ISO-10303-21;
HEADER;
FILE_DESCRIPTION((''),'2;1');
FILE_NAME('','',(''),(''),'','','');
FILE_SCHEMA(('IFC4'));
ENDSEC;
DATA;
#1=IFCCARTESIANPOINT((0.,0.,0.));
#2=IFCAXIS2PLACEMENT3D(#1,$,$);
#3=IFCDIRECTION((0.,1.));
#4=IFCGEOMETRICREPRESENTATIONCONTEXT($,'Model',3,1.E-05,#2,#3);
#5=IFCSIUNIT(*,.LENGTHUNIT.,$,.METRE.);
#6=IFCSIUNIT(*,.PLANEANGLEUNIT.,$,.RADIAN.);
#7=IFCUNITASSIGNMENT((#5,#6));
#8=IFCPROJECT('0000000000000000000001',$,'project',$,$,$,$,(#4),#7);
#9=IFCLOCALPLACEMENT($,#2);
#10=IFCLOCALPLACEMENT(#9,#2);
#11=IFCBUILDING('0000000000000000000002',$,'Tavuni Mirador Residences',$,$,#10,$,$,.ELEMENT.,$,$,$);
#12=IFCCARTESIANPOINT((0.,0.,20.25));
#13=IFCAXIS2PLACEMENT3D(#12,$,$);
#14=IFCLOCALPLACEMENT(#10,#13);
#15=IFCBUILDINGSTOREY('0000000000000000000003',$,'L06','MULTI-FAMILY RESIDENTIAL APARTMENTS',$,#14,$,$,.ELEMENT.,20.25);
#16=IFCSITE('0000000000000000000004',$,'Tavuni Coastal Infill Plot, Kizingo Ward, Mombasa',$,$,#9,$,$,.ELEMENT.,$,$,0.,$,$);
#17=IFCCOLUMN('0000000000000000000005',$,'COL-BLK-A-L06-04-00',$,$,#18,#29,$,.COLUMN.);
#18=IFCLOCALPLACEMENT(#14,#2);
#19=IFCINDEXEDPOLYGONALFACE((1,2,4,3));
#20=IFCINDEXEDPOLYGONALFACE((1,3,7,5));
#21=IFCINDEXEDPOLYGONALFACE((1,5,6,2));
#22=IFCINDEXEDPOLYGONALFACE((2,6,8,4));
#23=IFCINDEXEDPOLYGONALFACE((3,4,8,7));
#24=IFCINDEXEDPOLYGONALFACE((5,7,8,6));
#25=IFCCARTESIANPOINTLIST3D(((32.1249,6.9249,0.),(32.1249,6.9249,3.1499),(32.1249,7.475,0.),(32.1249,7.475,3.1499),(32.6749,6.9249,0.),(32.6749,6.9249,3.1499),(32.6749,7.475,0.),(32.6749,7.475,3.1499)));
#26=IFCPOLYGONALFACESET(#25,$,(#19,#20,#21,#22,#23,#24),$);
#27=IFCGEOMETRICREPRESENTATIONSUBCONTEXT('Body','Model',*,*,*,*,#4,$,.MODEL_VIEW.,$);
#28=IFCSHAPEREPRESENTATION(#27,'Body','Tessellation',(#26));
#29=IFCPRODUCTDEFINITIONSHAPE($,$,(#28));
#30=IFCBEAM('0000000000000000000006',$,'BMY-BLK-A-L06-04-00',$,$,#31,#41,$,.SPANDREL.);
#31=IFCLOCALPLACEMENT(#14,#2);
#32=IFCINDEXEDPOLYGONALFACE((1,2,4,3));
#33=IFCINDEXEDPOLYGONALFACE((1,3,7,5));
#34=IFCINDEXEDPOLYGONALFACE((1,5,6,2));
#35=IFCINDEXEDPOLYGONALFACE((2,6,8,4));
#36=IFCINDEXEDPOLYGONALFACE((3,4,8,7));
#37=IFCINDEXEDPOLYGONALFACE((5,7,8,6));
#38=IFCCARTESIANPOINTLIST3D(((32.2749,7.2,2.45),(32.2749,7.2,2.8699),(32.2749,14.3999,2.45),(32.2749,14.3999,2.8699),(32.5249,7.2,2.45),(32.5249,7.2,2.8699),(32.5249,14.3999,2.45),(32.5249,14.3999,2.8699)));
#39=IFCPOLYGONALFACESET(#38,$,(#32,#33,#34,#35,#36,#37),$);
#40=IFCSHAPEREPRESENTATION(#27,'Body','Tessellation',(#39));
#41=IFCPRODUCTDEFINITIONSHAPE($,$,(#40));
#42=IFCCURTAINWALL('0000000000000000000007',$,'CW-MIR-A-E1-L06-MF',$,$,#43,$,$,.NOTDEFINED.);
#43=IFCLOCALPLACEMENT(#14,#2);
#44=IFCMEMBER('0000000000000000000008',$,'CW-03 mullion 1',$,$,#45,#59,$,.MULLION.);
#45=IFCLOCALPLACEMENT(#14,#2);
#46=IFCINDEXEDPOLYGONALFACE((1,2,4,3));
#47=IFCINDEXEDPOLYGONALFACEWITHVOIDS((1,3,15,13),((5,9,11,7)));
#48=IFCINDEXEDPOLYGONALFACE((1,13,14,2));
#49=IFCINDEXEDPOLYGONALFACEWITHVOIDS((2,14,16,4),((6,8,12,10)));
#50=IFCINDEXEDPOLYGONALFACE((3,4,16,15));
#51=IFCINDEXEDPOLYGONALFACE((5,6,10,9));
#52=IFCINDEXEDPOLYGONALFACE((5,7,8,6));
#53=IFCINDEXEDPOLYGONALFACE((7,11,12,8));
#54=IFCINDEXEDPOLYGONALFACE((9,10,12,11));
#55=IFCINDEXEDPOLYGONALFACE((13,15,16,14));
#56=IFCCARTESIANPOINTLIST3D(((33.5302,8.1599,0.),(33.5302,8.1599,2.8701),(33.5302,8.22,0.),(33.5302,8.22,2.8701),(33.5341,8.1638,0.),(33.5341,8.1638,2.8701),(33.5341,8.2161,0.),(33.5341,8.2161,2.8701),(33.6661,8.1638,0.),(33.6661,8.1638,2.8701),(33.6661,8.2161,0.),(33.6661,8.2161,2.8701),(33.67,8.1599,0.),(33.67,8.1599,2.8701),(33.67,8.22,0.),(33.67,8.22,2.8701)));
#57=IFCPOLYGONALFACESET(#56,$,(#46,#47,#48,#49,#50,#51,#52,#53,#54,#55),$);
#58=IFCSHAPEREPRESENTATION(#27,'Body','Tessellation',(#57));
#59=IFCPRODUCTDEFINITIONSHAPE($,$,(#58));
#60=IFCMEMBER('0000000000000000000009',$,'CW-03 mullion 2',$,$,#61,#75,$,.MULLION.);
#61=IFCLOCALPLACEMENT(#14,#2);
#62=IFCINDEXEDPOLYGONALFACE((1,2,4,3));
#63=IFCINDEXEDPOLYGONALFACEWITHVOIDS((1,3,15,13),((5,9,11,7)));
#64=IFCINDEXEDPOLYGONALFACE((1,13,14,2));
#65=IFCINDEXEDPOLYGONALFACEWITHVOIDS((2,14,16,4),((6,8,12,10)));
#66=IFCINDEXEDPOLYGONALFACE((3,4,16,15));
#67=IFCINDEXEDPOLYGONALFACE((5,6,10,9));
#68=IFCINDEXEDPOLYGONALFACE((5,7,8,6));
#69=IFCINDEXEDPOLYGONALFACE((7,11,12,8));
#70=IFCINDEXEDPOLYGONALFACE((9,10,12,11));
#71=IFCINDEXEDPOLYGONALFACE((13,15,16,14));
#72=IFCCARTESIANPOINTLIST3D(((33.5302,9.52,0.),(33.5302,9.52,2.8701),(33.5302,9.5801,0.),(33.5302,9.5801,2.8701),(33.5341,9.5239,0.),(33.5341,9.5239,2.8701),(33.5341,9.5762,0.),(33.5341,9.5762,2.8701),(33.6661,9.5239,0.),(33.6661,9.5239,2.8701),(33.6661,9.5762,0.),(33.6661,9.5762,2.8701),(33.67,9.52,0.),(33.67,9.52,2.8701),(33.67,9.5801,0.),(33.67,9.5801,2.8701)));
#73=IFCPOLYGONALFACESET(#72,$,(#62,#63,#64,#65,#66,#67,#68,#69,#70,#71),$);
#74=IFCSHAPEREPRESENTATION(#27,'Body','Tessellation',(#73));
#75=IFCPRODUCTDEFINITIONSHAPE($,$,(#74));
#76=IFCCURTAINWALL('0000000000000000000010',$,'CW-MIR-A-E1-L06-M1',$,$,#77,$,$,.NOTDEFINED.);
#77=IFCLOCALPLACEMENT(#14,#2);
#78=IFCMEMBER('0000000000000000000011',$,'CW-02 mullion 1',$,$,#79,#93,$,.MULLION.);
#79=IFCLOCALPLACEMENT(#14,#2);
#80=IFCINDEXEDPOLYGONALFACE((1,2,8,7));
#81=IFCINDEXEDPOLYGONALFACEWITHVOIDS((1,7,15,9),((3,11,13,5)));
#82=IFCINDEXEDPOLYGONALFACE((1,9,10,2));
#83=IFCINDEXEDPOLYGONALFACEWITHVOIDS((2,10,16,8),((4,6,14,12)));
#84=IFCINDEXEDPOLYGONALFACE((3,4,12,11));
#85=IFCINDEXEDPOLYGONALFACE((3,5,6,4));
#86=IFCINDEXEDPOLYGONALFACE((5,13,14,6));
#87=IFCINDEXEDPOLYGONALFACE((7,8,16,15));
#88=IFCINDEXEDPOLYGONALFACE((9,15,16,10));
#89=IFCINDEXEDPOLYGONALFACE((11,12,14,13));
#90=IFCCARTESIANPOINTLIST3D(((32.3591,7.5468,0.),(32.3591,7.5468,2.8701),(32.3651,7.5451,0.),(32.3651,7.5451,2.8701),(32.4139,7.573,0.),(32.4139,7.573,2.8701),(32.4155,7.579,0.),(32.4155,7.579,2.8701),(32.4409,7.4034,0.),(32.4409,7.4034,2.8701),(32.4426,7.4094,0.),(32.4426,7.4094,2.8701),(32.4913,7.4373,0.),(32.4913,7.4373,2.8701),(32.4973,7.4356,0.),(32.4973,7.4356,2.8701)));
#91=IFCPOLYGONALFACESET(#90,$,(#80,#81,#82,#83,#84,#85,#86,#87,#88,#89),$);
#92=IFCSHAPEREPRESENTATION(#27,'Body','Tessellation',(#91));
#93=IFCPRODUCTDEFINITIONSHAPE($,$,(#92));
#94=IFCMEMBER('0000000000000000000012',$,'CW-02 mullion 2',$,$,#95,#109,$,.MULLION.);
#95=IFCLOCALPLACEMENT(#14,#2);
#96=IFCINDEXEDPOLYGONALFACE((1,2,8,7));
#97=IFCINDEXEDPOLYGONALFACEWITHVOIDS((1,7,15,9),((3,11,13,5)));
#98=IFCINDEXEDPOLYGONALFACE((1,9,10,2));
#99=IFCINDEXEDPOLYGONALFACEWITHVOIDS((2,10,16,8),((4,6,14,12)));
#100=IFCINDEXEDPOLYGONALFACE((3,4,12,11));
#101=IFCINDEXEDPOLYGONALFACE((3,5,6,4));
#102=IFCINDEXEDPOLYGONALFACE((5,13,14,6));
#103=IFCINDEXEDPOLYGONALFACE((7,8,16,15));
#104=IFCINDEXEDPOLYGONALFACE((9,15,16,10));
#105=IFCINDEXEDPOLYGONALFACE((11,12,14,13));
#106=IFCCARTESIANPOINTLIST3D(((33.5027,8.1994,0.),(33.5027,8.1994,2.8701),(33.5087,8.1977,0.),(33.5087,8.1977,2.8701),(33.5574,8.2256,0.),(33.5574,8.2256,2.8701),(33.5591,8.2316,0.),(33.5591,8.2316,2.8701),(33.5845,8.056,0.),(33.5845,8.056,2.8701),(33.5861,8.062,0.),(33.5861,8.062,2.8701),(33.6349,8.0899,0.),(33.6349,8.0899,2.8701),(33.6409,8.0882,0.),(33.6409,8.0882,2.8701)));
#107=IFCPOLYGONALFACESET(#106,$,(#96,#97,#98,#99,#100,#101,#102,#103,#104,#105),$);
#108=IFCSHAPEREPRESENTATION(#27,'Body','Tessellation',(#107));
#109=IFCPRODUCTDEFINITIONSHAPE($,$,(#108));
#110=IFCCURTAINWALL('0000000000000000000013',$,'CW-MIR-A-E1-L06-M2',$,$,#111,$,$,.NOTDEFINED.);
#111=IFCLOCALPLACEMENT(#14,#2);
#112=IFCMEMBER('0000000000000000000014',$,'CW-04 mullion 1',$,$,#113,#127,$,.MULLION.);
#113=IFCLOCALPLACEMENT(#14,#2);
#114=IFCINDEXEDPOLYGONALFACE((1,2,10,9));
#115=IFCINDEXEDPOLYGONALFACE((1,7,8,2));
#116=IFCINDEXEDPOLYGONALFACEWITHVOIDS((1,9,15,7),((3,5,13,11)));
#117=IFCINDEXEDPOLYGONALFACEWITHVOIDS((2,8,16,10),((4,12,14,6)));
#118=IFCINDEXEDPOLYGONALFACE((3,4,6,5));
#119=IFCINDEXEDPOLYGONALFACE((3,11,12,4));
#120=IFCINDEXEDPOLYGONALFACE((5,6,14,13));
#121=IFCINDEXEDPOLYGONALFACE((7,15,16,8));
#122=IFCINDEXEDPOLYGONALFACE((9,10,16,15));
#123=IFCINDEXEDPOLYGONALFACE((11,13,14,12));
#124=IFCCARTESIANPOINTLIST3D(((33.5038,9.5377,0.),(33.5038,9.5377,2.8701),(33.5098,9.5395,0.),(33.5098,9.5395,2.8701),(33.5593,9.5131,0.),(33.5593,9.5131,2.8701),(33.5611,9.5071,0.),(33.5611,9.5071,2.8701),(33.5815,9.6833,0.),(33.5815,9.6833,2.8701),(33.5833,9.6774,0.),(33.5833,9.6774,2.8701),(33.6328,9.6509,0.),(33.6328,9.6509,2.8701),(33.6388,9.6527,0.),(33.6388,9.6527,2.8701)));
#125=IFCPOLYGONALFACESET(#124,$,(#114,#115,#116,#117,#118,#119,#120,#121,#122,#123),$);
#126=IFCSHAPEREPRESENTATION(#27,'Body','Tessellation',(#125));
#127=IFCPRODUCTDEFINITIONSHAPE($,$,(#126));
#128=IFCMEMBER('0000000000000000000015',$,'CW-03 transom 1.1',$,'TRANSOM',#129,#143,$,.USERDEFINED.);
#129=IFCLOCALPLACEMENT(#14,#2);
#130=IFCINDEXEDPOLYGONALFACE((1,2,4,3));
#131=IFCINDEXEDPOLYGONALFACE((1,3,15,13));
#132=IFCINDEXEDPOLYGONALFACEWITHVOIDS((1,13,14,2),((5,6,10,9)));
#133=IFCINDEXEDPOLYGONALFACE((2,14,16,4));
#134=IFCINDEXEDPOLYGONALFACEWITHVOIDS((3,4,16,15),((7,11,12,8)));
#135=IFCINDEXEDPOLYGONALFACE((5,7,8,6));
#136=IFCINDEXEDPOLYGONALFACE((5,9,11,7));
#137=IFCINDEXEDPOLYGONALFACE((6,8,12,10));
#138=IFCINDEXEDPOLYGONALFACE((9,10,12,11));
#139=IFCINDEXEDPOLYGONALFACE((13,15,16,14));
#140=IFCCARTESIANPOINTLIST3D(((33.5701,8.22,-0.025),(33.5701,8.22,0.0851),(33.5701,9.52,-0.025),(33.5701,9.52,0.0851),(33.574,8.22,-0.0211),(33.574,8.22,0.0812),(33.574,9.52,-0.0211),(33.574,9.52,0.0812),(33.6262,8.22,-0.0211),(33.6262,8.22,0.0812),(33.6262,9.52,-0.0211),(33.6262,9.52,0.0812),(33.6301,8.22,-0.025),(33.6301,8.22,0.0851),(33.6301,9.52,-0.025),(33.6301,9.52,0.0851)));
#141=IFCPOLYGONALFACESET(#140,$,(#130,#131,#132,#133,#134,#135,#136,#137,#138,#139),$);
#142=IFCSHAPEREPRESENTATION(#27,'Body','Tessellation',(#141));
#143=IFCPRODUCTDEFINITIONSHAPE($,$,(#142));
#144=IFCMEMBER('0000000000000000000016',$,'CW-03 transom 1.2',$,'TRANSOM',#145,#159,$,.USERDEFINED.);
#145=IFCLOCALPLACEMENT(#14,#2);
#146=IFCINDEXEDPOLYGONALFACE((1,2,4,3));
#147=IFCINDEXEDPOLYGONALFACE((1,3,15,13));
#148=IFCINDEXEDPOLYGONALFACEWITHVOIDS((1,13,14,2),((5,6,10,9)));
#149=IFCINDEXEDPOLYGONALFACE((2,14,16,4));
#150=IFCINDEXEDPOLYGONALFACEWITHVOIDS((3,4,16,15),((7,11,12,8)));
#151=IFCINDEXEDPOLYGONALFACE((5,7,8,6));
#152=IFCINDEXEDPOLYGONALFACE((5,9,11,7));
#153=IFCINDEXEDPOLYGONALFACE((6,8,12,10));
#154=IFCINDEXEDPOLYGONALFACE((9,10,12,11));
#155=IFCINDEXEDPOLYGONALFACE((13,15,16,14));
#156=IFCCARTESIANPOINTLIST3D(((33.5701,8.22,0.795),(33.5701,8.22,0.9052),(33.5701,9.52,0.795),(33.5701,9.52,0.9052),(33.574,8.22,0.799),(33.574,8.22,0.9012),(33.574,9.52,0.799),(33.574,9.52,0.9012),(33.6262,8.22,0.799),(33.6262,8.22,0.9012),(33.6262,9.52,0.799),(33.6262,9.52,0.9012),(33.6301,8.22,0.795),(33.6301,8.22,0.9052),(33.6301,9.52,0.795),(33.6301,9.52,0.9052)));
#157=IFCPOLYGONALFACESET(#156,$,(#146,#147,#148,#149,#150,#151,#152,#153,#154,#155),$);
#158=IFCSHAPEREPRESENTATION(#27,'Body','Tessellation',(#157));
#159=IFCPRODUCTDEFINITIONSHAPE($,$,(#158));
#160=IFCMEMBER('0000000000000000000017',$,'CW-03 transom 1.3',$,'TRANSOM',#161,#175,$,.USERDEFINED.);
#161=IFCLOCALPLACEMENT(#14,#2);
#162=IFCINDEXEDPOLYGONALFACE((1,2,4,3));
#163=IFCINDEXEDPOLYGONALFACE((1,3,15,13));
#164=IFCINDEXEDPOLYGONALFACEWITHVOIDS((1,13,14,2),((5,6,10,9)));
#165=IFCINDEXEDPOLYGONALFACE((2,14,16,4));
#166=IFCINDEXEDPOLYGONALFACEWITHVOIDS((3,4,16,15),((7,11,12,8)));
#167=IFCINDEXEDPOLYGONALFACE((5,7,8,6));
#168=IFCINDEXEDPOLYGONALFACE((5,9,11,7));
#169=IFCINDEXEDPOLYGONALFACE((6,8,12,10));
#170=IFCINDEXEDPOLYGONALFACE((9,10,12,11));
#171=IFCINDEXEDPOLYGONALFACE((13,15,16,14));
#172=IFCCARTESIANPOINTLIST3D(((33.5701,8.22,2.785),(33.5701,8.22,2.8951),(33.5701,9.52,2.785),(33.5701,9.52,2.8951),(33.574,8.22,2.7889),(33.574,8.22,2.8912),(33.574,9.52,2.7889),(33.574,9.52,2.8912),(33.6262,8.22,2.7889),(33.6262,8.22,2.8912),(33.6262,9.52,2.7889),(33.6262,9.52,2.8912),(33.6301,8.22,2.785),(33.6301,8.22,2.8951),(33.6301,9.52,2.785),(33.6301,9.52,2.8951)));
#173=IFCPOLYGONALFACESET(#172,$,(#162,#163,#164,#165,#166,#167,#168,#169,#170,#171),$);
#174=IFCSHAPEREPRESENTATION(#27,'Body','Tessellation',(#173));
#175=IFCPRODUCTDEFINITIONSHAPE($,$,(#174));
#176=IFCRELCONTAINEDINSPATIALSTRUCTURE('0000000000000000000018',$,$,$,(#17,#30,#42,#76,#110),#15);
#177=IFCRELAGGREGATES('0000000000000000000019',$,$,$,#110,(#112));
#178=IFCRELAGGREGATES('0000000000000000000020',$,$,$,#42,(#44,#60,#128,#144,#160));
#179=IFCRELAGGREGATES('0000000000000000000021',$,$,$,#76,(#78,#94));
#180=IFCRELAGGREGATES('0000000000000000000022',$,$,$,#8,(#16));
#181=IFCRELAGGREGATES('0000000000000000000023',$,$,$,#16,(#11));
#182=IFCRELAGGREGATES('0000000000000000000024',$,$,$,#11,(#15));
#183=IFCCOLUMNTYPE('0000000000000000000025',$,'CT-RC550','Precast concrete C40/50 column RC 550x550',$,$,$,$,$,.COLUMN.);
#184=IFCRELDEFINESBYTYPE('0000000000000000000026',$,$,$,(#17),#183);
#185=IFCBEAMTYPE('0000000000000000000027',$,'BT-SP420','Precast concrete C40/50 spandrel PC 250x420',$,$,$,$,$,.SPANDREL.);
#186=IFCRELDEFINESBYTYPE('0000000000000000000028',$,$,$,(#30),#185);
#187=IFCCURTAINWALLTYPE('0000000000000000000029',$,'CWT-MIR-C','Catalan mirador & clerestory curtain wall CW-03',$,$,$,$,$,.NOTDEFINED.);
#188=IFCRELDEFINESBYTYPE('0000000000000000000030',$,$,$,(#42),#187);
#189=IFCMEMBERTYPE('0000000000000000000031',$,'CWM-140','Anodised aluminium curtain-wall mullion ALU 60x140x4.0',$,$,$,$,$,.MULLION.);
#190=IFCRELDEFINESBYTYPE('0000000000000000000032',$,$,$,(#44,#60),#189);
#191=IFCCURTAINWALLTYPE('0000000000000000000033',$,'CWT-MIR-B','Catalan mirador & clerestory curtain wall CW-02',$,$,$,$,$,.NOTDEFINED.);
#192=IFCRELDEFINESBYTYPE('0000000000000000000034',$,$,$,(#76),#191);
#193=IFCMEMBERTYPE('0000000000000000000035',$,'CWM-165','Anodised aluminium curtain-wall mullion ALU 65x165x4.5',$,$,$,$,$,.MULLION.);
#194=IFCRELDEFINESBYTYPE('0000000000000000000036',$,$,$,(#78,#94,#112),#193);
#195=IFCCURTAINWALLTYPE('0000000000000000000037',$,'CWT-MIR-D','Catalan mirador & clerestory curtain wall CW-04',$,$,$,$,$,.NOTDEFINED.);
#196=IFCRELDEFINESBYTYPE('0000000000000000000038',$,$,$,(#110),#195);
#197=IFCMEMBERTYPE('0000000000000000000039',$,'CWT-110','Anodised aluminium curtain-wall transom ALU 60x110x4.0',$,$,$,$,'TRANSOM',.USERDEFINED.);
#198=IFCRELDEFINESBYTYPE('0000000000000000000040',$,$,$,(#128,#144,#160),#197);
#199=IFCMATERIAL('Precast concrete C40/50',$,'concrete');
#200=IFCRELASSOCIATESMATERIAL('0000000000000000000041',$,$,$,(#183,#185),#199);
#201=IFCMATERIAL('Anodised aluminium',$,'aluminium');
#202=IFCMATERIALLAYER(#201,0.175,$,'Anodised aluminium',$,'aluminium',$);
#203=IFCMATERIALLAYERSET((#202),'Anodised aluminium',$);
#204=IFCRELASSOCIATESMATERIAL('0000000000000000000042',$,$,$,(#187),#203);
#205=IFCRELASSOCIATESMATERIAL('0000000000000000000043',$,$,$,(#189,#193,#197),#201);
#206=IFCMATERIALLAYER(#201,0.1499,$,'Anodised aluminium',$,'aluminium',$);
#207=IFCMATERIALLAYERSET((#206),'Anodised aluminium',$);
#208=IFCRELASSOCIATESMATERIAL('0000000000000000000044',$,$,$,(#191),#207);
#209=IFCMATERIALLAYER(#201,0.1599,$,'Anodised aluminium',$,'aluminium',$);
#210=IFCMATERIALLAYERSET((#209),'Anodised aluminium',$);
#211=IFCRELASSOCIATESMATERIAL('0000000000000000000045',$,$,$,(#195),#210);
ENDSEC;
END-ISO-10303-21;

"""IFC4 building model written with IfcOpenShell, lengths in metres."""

from ifc_helpers import new_model, si_unit, direction, frame, origin, origin_2d, place, context, subcontext, project, spatial, rectangle, hollow_rectangle, extrude, material, layer, layer_set, material_profile, profile_set, type_object, element, aggregate, save


model = new_model("IFC4")

# Units and contexts
model_context = context("Model", 3, precision=1e-05, world=origin(), true_north=direction((0.0, 1.0)))
body_context = subcontext(model_context, "Body", "Model", "MODEL_VIEW")
ifc_project = project(units=[si_unit("LENGTHUNIT", "METRE"), si_unit("PLANEANGLEUNIT", "RADIAN")], contexts=[model_context])

# Site, building, storey
site_placement = place(None, origin())
site = spatial("IfcSite", under=ifc_project, at=site_placement, Name="Tavuni Coastal Infill Plot, Kizingo Ward, Mombasa", CompositionType="ELEMENT", RefElevation=0.0)
building_placement = place(site_placement, origin())
building = spatial("IfcBuilding", under=site, at=building_placement, Name="Tavuni Mirador Residences", CompositionType="ELEMENT")
storey_placement = place(building_placement, frame((0.0, 0.0, 20.25)))
storey = spatial("IfcBuildingStorey", under=building, at=storey_placement, Name="L06", Description="MULTI-FAMILY RESIDENTIAL APARTMENTS", CompositionType="ELEMENT", Elevation=20.25)

# Column
ifc_material_1 = material(Name="Precast concrete C40/50", Category="concrete")
ifc_material_profile_1 = material_profile(ifc_material_1, rectangle(XDim=0.55, YDim=0.55, at=origin_2d()), Name="RC 550x550", Category="concrete")
ifc_profile_set_1 = profile_set([ifc_material_profile_1], Name="Precast concrete C40/50")
column_type = type_object("IfcColumnType", Name="CT-RC550", Description="Precast concrete C40/50 column RC 550x550", PredefinedType="COLUMN", material=ifc_profile_set_1)
column_placement = place(storey_placement, frame((32.3999, 7.2, 0.0), z_axis=(0.0, 0.0, 1.0), x_axis=(1.0, 0.0, 0.0)))
element("IfcColumn", 1, at=column_placement, inside=storey, type_object=column_type, Name="COL-BLK-A-L06-04-00", PredefinedType="COLUMN", context=body_context, shape_type="SweptSolid", body=[
    extrude(rectangle(XDim=0.55, YDim=0.55, at=origin_2d()), origin(), (0.0, 0.0, 1.0), 3.1499),
])

# Beam
ifc_material_profile_2 = material_profile(ifc_material_1, rectangle(XDim=0.25, YDim=0.4199, at=origin_2d()), Name="PC 250x420", Category="concrete")
ifc_profile_set_2 = profile_set([ifc_material_profile_2], Name="Precast concrete C40/50")
beam_type = type_object("IfcBeamType", Name="BT-SP420", Description="Precast concrete C40/50 spandrel PC 250x420", PredefinedType="SPANDREL", material=ifc_profile_set_2)
beam_placement = place(storey_placement, frame((32.3999, 7.2, 2.6599), z_axis=(0.0, 1.0, 0.0), x_axis=(-1.0, 0.0, 0.0)))
element("IfcBeam", 2, at=beam_placement, inside=storey, type_object=beam_type, Name="BMY-BLK-A-L06-04-00", PredefinedType="SPANDREL", context=body_context, shape_type="SweptSolid", body=[
    extrude(rectangle(XDim=0.25, YDim=0.4199, at=origin_2d()), origin(), (0.0, 0.0, 1.0), 7.2),
])

# Curtain walls, members
ifc_material_2 = material(Name="Anodised aluminium", Category="aluminium")
ifc_layer_1 = layer(ifc_material_2, 0.175, Name="Anodised aluminium", Category="aluminium")
ifc_layer_set_1 = layer_set([ifc_layer_1], Name="Anodised aluminium")
curtain_wall_type_1 = type_object("IfcCurtainWallType", Name="CWT-MIR-C", Description="Catalan mirador & clerestory curtain wall CW-03", PredefinedType="NOTDEFINED", material=ifc_layer_set_1)
curtain_wall_1_placement = place(storey_placement, origin())
curtain_wall_1 = element("IfcCurtainWall", 3, at=curtain_wall_1_placement, inside=storey, type_object=curtain_wall_type_1, Name="CW-MIR-A-E1-L06-MF", PredefinedType="NOTDEFINED")
ifc_material_profile_3 = material_profile(ifc_material_2, hollow_rectangle(XDim=0.0601, YDim=0.1399, WallThickness=0.0039, at=origin_2d()), Name="ALU 60x140x4.0", Category="aluminium")
ifc_profile_set_3 = profile_set([ifc_material_profile_3], Name="Anodised aluminium")
member_type_1 = type_object("IfcMemberType", Name="CWM-140", Description="Anodised aluminium curtain-wall mullion ALU 60x140x4.0", PredefinedType="MULLION", material=ifc_profile_set_3)
member_1_placement = place(storey_placement, frame((33.6001, 8.1899, 0.0), z_axis=(0.0, 0.0, 1.0), x_axis=(0.0, 1.0, 0.0)))
member_1 = element("IfcMember", 4, at=member_1_placement, type_object=member_type_1, Name="CW-03 mullion 1", PredefinedType="MULLION", context=body_context, shape_type="SweptSolid", body=[
    extrude(hollow_rectangle(XDim=0.0601, YDim=0.1399, WallThickness=0.0039, at=origin_2d()), origin(), (0.0, 0.0, 1.0), 2.8701),
])
member_2_placement = place(storey_placement, frame((33.6001, 9.55, 0.0), z_axis=(0.0, 0.0, 1.0), x_axis=(0.0, 1.0, 0.0)))
member_2 = element("IfcMember", 5, at=member_2_placement, type_object=member_type_1, Name="CW-03 mullion 2", PredefinedType="MULLION", context=body_context, shape_type="SweptSolid", body=[
    extrude(hollow_rectangle(XDim=0.0601, YDim=0.1399, WallThickness=0.0039, at=origin_2d()), origin(), (0.0, 0.0, 1.0), 2.8701),
])
ifc_layer_2 = layer(ifc_material_2, 0.1499, Name="Anodised aluminium", Category="aluminium")
ifc_layer_set_2 = layer_set([ifc_layer_2], Name="Anodised aluminium")
curtain_wall_type_2 = type_object("IfcCurtainWallType", Name="CWT-MIR-B", Description="Catalan mirador & clerestory curtain wall CW-02", PredefinedType="NOTDEFINED", material=ifc_layer_set_2)
curtain_wall_2_placement = place(storey_placement, origin())
curtain_wall_2 = element("IfcCurtainWall", 6, at=curtain_wall_2_placement, inside=storey, type_object=curtain_wall_type_2, Name="CW-MIR-A-E1-L06-M1", PredefinedType="NOTDEFINED")
ifc_material_profile_4 = material_profile(ifc_material_2, hollow_rectangle(XDim=0.0649, YDim=0.165, WallThickness=0.0044, at=origin_2d()), Name="ALU 65x165x4.5", Category="aluminium")
ifc_profile_set_4 = profile_set([ifc_material_profile_4], Name="Anodised aluminium")
member_type_2 = type_object("IfcMemberType", Name="CWM-165", Description="Anodised aluminium curtain-wall mullion ALU 65x165x4.5", PredefinedType="MULLION", material=ifc_profile_set_4)
member_3_placement = place(storey_placement, frame((32.4282, 7.4912, 0.0), z_axis=(0.0, 0.0, 1.0), x_axis=(0.868466, 0.495749, 0.0)))
member_3 = element("IfcMember", 7, at=member_3_placement, type_object=member_type_2, Name="CW-02 mullion 1", PredefinedType="MULLION", context=body_context, shape_type="SweptSolid", body=[
    extrude(hollow_rectangle(XDim=0.0649, YDim=0.165, WallThickness=0.0044, at=origin_2d()), origin(), (0.0, 0.0, 1.0), 2.8701),
])
member_4_placement = place(storey_placement, frame((33.5718, 8.1438, 0.0), z_axis=(0.0, 0.0, 1.0), x_axis=(0.868466, 0.495749, 0.0)))
member_4 = element("IfcMember", 8, at=member_4_placement, type_object=member_type_2, Name="CW-02 mullion 2", PredefinedType="MULLION", context=body_context, shape_type="SweptSolid", body=[
    extrude(hollow_rectangle(XDim=0.0649, YDim=0.165, WallThickness=0.0044, at=origin_2d()), origin(), (0.0, 0.0, 1.0), 2.8701),
])

# Curtain wall, member
ifc_layer_3 = layer(ifc_material_2, 0.1599, Name="Anodised aluminium", Category="aluminium")
ifc_layer_set_3 = layer_set([ifc_layer_3], Name="Anodised aluminium")
curtain_wall_type_3 = type_object("IfcCurtainWallType", Name="CWT-MIR-D", Description="Catalan mirador & clerestory curtain wall CW-04", PredefinedType="NOTDEFINED", material=ifc_layer_set_3)
curtain_wall_3_placement = place(storey_placement, origin())
curtain_wall_3 = element("IfcCurtainWall", 9, at=curtain_wall_3_placement, inside=storey, type_object=curtain_wall_type_3, Name="CW-MIR-A-E1-L06-M2", PredefinedType="NOTDEFINED")
member_5_placement = place(storey_placement, frame((33.5713, 9.5952, 0.0), z_axis=(0.0, 0.0, 1.0), x_axis=(-0.882353, 0.470588, 0.0)))
member_5 = element("IfcMember", 10, at=member_5_placement, type_object=member_type_2, Name="CW-04 mullion 1", PredefinedType="MULLION", context=body_context, shape_type="SweptSolid", body=[
    extrude(hollow_rectangle(XDim=0.0649, YDim=0.165, WallThickness=0.0044, at=origin_2d()), origin(), (0.0, 0.0, 1.0), 2.8701),
])

# Members
ifc_material_profile_5 = material_profile(ifc_material_2, hollow_rectangle(XDim=0.0601, YDim=0.1101, WallThickness=0.0039, at=origin_2d()), Name="ALU 60x110x4.0", Category="aluminium")
ifc_profile_set_5 = profile_set([ifc_material_profile_5], Name="Anodised aluminium")
member_type_3 = type_object("IfcMemberType", Name="CWT-110", Description="Anodised aluminium curtain-wall transom ALU 60x110x4.0", ElementType="TRANSOM", PredefinedType="USERDEFINED", material=ifc_profile_set_5)
member_6_placement = place(storey_placement, frame((33.6001, 8.22, 0.03), z_axis=(0.0, 1.0, 0.0), x_axis=(-1.0, 0.0, 0.0)))
member_6 = element("IfcMember", 11, at=member_6_placement, type_object=member_type_3, Name="CW-03 transom 1.1", ObjectType="TRANSOM", PredefinedType="USERDEFINED", context=body_context, shape_type="SweptSolid", body=[
    extrude(hollow_rectangle(XDim=0.0601, YDim=0.1101, WallThickness=0.0039, at=origin_2d()), origin(), (0.0, 0.0, 1.0), 1.3),
])
member_7_placement = place(storey_placement, frame((33.6001, 8.22, 0.8501), z_axis=(0.0, 1.0, 0.0), x_axis=(-1.0, 0.0, 0.0)))
member_7 = element("IfcMember", 12, at=member_7_placement, type_object=member_type_3, Name="CW-03 transom 1.2", ObjectType="TRANSOM", PredefinedType="USERDEFINED", context=body_context, shape_type="SweptSolid", body=[
    extrude(hollow_rectangle(XDim=0.0601, YDim=0.1101, WallThickness=0.0039, at=origin_2d()), origin(), (0.0, 0.0, 1.0), 1.3),
])
member_8_placement = place(storey_placement, frame((33.6001, 8.22, 2.8401), z_axis=(0.0, 1.0, 0.0), x_axis=(-1.0, 0.0, 0.0)))
member_8 = element("IfcMember", 13, at=member_8_placement, type_object=member_type_3, Name="CW-03 transom 1.3", ObjectType="TRANSOM", PredefinedType="USERDEFINED", context=body_context, shape_type="SweptSolid", body=[
    extrude(hollow_rectangle(XDim=0.0601, YDim=0.1101, WallThickness=0.0039, at=origin_2d()), origin(), (0.0, 0.0, 1.0), 1.3),
])
aggregate(curtain_wall_3, [member_5])

aggregate(curtain_wall_1, [member_1, member_2, member_6, member_7, member_8])
aggregate(curtain_wall_2, [member_3, member_4])

save(model, "model.ifc")
